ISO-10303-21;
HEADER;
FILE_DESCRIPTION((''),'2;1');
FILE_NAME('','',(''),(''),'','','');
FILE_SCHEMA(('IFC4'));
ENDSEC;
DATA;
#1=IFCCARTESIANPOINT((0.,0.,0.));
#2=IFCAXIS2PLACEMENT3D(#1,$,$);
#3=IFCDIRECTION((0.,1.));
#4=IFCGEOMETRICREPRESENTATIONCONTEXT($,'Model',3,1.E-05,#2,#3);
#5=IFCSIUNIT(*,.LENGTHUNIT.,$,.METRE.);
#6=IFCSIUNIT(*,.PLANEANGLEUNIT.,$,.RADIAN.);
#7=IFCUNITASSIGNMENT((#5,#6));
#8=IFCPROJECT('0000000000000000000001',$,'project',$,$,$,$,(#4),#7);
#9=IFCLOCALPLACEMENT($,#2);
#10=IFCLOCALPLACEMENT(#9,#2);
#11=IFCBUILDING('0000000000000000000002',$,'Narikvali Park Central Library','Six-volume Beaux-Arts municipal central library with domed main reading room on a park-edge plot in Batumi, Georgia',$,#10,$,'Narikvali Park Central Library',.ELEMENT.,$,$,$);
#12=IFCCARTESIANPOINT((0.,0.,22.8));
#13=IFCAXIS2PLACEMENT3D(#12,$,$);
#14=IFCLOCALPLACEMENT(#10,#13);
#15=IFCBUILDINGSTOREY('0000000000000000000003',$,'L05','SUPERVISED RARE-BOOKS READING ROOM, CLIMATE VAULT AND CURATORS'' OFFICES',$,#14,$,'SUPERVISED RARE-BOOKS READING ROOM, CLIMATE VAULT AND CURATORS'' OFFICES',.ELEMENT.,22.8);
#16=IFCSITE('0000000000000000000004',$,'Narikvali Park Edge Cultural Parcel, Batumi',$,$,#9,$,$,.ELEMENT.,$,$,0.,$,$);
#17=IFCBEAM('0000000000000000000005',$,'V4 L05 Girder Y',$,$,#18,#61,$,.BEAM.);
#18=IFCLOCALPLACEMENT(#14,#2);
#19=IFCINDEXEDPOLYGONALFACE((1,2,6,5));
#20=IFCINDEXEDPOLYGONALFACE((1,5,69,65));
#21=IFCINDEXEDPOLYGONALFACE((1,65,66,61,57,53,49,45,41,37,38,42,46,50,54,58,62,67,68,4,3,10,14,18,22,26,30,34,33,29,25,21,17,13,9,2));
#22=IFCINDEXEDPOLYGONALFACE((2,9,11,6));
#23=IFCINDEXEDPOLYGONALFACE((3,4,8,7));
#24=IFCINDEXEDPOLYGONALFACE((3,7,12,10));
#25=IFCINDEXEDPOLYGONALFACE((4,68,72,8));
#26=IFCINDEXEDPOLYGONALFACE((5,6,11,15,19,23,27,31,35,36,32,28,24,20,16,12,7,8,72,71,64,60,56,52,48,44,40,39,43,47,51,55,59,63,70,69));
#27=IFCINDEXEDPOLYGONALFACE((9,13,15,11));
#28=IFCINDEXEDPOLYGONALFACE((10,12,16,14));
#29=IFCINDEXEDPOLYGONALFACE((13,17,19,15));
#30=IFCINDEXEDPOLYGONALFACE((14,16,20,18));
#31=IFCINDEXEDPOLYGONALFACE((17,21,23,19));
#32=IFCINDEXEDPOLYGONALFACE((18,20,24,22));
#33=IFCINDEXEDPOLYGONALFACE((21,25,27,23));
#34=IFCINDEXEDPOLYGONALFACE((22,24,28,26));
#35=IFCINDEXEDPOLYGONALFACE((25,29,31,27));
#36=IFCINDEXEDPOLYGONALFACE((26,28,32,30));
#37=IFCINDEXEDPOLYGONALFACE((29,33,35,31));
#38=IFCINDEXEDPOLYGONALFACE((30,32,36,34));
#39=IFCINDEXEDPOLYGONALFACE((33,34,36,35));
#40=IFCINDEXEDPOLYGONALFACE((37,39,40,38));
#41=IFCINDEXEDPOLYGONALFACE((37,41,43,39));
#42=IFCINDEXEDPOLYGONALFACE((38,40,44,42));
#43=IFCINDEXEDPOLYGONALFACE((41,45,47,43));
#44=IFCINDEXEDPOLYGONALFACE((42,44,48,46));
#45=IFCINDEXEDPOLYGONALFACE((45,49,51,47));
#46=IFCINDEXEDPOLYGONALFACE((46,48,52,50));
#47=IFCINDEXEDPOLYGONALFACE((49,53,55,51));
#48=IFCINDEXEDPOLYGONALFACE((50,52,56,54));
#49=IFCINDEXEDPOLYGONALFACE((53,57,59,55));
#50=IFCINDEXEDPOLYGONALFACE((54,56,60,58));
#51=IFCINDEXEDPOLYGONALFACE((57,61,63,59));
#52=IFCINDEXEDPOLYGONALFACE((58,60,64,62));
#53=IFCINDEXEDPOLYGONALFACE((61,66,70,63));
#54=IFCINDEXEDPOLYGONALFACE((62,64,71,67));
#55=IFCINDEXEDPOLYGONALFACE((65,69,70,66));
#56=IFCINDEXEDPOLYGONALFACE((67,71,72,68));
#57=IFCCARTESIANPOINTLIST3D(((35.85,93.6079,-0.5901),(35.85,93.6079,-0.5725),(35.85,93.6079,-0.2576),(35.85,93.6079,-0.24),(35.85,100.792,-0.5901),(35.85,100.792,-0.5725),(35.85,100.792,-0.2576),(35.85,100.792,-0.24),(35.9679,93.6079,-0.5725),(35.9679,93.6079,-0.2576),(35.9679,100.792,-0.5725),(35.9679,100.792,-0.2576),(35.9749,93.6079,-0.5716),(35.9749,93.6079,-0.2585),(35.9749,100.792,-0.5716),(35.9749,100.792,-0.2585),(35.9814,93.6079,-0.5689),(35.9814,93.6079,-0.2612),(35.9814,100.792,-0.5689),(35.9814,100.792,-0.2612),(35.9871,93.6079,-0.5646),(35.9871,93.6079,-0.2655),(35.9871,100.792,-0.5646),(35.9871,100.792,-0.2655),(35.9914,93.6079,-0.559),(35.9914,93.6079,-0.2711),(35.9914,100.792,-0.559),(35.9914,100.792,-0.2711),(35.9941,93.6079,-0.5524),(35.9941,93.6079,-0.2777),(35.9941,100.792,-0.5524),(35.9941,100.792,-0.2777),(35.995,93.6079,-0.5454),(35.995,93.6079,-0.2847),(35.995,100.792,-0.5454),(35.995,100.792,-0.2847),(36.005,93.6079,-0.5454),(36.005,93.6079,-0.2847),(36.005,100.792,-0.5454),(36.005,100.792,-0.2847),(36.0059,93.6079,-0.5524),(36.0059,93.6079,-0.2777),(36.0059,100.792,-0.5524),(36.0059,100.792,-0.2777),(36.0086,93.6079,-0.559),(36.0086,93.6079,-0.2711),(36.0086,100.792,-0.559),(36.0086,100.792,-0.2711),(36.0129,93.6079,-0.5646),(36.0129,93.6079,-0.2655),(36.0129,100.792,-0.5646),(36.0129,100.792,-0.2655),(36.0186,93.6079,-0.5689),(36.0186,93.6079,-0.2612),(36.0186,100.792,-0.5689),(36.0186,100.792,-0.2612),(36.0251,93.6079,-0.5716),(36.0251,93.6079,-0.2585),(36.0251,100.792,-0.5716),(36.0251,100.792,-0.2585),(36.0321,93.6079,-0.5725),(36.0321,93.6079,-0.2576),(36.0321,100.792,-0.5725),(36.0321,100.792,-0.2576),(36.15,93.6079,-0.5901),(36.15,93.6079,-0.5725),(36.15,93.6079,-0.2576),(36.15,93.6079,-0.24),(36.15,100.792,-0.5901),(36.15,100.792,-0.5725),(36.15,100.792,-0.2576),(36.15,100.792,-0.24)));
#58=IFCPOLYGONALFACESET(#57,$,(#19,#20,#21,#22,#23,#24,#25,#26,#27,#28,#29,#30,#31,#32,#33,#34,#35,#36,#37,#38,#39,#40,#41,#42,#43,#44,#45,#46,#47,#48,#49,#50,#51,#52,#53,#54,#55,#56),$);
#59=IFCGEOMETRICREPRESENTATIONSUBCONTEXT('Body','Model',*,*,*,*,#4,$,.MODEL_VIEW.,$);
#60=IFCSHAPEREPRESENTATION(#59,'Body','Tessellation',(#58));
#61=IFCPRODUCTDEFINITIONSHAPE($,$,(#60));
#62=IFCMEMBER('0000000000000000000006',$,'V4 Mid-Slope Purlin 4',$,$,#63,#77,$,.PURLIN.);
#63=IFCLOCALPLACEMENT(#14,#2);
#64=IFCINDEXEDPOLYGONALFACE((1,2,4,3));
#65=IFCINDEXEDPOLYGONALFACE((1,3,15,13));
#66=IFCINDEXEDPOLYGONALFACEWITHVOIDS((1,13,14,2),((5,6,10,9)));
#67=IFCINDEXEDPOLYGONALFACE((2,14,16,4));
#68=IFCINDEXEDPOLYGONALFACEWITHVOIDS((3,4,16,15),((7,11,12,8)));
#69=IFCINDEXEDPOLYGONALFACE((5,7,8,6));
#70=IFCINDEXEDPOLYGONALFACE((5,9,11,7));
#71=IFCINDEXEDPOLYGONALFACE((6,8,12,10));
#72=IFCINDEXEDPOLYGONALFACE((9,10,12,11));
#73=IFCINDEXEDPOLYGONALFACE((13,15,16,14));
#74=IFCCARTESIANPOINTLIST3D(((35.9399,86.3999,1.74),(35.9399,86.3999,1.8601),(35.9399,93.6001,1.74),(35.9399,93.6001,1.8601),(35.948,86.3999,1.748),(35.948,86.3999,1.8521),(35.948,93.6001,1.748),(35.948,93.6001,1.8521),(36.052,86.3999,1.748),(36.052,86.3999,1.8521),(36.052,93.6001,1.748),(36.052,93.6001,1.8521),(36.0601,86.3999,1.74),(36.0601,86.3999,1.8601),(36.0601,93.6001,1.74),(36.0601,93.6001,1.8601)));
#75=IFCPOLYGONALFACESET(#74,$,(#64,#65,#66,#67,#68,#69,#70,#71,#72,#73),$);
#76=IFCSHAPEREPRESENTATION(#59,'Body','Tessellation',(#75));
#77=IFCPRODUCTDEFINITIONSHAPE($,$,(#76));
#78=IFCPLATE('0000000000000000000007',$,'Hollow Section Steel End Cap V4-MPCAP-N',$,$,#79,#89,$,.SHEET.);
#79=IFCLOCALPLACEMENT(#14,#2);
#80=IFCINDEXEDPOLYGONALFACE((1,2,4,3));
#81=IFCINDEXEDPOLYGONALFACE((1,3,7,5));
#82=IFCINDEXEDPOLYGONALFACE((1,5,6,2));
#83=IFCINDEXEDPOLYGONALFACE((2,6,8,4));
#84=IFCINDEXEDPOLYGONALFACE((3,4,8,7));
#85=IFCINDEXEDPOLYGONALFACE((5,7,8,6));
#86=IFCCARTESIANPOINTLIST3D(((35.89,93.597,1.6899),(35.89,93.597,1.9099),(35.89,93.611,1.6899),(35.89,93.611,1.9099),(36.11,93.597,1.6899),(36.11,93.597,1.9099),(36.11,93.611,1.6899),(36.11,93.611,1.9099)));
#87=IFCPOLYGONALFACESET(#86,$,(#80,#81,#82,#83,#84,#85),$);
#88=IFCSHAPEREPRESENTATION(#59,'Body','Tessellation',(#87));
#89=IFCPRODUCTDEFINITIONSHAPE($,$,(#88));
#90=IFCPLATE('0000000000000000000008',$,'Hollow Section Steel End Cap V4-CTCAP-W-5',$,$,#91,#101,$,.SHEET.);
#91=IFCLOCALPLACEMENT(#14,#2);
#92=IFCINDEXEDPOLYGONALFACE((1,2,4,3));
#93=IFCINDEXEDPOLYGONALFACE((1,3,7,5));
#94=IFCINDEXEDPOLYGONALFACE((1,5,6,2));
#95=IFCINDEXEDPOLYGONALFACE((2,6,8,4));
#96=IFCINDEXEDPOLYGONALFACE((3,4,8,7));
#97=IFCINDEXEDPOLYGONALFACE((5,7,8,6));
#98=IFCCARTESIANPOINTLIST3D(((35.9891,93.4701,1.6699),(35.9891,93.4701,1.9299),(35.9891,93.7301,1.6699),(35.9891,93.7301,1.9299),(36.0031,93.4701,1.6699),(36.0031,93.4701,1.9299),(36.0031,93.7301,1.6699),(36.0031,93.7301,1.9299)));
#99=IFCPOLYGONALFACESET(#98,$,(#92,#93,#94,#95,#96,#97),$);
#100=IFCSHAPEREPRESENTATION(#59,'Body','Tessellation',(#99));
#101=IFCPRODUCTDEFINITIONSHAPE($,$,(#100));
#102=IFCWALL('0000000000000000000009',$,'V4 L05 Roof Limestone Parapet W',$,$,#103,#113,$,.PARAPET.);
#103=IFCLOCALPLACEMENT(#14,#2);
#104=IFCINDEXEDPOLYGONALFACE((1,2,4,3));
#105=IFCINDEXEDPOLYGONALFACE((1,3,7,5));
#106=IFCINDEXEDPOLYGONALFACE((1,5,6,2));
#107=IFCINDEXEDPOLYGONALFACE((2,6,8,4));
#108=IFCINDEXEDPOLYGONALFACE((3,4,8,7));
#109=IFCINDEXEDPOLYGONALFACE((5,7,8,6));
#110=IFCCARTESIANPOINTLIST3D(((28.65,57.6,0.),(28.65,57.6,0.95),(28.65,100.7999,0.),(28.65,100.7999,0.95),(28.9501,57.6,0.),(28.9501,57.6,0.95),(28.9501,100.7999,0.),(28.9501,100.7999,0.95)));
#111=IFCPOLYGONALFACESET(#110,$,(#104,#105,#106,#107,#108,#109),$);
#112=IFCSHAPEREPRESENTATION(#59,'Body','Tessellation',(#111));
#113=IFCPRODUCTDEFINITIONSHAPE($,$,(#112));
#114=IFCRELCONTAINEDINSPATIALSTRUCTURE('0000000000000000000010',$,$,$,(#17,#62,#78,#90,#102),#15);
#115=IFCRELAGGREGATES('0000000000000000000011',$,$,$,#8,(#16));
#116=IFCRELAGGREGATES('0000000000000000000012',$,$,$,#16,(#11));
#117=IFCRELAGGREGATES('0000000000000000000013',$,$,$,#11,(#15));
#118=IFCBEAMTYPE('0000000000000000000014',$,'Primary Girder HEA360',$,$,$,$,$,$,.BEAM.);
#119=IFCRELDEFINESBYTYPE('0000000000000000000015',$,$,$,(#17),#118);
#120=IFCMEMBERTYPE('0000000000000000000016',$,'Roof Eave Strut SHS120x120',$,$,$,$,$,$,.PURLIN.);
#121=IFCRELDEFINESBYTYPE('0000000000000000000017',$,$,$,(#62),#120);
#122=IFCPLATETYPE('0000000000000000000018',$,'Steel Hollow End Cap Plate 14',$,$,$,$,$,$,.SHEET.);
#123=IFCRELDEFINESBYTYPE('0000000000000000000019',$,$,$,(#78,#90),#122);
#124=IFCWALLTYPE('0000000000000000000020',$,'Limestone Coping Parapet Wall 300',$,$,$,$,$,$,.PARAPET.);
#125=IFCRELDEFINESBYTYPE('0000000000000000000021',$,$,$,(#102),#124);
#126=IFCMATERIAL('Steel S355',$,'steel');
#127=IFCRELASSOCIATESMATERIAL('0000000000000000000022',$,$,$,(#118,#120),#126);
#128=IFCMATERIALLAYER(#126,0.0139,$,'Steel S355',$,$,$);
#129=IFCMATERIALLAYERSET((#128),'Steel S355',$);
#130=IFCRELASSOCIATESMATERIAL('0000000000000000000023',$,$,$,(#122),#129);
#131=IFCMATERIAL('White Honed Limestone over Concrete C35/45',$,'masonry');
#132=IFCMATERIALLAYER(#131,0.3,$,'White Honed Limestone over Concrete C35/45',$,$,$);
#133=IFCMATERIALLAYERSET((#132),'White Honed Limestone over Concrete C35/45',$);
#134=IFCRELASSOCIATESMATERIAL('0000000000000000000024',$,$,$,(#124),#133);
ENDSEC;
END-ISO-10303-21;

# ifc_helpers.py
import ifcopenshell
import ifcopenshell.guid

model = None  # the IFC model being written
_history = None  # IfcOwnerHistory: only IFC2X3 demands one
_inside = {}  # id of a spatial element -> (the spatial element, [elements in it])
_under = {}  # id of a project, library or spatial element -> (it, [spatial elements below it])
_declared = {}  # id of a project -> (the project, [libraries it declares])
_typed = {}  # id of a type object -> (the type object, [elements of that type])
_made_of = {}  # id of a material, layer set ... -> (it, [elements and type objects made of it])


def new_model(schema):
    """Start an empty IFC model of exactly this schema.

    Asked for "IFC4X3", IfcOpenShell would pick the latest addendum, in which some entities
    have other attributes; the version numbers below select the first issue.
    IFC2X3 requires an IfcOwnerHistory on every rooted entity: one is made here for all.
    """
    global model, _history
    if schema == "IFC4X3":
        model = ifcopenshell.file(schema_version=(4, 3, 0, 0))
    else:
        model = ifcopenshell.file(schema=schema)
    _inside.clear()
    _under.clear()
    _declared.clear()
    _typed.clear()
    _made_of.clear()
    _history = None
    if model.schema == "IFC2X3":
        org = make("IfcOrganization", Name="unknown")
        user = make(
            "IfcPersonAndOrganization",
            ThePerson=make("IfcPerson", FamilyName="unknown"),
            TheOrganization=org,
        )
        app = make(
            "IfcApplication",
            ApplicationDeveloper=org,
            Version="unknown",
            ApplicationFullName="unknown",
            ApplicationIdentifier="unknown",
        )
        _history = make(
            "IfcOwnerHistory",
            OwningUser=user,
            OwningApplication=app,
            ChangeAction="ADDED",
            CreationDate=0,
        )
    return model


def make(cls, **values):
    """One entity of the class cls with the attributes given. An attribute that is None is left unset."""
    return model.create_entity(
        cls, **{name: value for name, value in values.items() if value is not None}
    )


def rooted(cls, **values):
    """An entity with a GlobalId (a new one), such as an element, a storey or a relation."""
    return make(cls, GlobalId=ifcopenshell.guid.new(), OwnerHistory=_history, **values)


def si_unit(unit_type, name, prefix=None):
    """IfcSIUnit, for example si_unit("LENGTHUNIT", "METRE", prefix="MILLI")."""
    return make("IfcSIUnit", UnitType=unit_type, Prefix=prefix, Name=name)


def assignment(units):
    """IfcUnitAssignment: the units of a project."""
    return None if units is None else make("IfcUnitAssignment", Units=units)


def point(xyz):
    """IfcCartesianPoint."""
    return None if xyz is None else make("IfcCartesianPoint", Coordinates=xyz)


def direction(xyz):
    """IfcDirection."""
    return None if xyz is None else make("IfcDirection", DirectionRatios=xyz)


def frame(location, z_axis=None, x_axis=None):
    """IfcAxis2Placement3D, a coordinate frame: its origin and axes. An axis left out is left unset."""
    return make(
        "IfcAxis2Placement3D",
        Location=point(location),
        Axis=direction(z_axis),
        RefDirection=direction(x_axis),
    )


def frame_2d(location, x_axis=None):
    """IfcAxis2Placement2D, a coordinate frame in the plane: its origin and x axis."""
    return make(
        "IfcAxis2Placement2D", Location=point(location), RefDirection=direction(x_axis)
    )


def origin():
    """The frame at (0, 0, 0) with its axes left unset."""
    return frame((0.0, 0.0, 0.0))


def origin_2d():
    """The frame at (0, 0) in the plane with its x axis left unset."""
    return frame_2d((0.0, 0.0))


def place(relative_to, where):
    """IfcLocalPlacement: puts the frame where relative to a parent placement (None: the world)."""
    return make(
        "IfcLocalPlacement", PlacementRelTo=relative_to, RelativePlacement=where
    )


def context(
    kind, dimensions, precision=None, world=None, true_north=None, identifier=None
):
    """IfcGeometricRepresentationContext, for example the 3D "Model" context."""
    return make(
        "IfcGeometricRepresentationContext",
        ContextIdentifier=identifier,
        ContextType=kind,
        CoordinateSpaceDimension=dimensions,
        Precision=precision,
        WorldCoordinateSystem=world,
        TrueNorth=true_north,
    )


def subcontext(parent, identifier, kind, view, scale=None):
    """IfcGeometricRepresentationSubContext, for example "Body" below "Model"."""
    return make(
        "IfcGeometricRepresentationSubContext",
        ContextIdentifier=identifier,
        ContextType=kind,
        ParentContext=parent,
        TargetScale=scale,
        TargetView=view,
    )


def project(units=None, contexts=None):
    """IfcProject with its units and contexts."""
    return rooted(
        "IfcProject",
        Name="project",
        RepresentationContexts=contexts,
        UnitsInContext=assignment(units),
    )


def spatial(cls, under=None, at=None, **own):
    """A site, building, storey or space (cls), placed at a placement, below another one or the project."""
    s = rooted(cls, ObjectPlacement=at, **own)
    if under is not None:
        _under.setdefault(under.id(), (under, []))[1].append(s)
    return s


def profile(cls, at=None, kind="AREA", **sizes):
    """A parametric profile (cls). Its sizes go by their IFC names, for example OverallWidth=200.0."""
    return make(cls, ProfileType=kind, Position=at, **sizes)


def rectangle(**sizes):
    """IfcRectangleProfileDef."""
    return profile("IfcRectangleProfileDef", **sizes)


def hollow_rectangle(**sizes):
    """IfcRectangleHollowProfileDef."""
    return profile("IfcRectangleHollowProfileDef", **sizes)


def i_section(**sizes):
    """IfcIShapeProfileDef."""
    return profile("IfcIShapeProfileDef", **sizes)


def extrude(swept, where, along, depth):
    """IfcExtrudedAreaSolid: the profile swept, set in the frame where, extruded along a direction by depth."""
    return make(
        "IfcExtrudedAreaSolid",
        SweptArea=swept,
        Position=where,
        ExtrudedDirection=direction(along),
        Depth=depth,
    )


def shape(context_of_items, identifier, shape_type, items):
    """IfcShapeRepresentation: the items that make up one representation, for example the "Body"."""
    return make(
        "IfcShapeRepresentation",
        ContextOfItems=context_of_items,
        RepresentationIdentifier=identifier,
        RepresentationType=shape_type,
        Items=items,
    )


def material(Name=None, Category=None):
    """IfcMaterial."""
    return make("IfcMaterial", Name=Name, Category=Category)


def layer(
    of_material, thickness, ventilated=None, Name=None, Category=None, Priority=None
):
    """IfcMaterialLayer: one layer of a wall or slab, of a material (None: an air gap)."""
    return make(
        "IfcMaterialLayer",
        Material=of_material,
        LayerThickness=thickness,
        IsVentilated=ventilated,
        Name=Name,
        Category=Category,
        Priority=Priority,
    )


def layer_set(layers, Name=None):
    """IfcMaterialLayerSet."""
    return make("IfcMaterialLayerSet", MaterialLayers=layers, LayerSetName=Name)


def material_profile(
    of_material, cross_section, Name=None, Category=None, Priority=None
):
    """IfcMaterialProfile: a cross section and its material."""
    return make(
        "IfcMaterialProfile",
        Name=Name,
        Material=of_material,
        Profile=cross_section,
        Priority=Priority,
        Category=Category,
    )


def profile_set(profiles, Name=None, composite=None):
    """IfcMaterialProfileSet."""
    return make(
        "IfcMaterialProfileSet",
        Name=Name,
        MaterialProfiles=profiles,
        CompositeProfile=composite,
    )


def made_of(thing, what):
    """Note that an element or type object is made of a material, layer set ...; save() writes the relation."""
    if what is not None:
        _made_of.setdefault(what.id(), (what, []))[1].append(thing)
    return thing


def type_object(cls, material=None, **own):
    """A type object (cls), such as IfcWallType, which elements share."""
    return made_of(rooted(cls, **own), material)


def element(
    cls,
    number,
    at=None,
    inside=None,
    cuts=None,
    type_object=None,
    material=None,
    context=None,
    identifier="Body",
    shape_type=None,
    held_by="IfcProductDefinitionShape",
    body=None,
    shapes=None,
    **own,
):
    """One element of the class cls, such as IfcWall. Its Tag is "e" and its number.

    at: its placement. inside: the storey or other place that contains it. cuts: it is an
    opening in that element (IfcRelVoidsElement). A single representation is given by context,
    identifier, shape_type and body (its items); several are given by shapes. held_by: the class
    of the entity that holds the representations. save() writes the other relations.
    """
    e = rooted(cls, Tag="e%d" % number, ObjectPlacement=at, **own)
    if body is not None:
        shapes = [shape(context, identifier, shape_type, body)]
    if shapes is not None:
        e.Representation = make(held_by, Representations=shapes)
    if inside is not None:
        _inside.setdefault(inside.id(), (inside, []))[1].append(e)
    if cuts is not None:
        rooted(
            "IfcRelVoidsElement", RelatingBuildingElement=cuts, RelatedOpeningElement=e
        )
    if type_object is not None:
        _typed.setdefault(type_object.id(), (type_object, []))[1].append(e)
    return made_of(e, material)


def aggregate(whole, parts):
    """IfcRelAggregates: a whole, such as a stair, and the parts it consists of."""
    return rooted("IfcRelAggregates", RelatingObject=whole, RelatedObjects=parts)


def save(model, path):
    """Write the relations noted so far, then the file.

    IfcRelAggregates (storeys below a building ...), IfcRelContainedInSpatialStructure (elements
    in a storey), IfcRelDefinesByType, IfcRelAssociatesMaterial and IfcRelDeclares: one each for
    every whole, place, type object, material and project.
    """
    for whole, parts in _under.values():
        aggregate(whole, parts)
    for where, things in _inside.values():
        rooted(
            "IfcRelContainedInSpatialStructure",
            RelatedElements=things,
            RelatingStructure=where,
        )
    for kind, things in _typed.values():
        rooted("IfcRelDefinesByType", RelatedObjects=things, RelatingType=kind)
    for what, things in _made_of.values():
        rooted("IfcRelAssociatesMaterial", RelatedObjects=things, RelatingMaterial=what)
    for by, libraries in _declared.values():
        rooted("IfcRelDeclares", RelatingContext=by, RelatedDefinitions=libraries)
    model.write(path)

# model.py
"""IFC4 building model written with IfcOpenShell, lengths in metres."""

from ifc_helpers import new_model, si_unit, direction, frame, frame_2d, origin, origin_2d, place, context, subcontext, project, spatial, rectangle, hollow_rectangle, i_section, extrude, material, layer, layer_set, material_profile, profile_set, type_object, element, save


model = new_model("IFC4")

# Units and contexts
model_context = context("Model", 3, precision=1e-05, world=origin(), true_north=direction((0.0, 1.0)))
body_context = subcontext(model_context, "Body", "Model", "MODEL_VIEW")
ifc_project = project(units=[si_unit("LENGTHUNIT", "METRE"), si_unit("PLANEANGLEUNIT", "RADIAN")], contexts=[model_context])

# Site, building, storey
site_placement = place(None, origin())
site = spatial("IfcSite", under=ifc_project, at=site_placement, Name="Narikvali Park Edge Cultural Parcel, Batumi", CompositionType="ELEMENT", RefElevation=0.0)
building_placement = place(site_placement, origin())
building = spatial("IfcBuilding", under=site, at=building_placement, Name="Narikvali Park Central Library", Description="Six-volume Beaux-Arts municipal central library with domed main reading room on a park-edge plot in Batumi, Georgia", LongName="Narikvali Park Central Library", CompositionType="ELEMENT")
storey_placement = place(building_placement, frame((0.0, 0.0, 22.8)))
storey = spatial("IfcBuildingStorey", under=building, at=storey_placement, Name="L05", Description="SUPERVISED RARE-BOOKS READING ROOM, CLIMATE VAULT AND CURATORS' OFFICES", LongName="SUPERVISED RARE-BOOKS READING ROOM, CLIMATE VAULT AND CURATORS' OFFICES", CompositionType="ELEMENT", Elevation=22.8)

# Shared definitions
ifc_material_1 = material(Name="Steel S355", Category="steel")

# Beam
ifc_material_profile_1 = material_profile(ifc_material_1, i_section(OverallWidth=0.3, OverallDepth=0.3501, WebThickness=0.01, FlangeThickness=0.0176, FilletRadius=0.0271, at=origin_2d()), Name="HEA 360")
ifc_profile_set_1 = profile_set([ifc_material_profile_1], Name="Steel S355")
beam_type_1 = type_object("IfcBeamType", Name="Primary Girder HEA360", PredefinedType="BEAM", material=ifc_profile_set_1)
for number, where, z_axis, x_axis, name in (
    (1, (36.0, 93.6079, -0.415), (0.0, 1.0, 0.0), (-1.0, 0.0, 0.0), "V4 L05 Girder Y"),
):
    element("IfcBeam", number, at=place(storey_placement, frame(where, z_axis=z_axis, x_axis=x_axis)), inside=storey, type_object=beam_type_1, Name=name, PredefinedType="BEAM", context=body_context, shape_type="SweptSolid", body=[
        extrude(i_section(OverallWidth=0.3, OverallDepth=0.3501, WebThickness=0.01, FlangeThickness=0.0176, FilletRadius=0.0271, at=origin_2d()), origin(), (0.0, 0.0, 1.0), 7.1841),
    ])

# Member
ifc_material_profile_2 = material_profile(ifc_material_1, hollow_rectangle(XDim=0.1201, YDim=0.1201, WallThickness=0.0081, at=origin_2d()), Name="SHS 120x120x8")
ifc_profile_set_2 = profile_set([ifc_material_profile_2], Name="Steel S355")
member_type_1 = type_object("IfcMemberType", Name="Roof Eave Strut SHS120x120", PredefinedType="PURLIN", material=ifc_profile_set_2)
member_1_placement = place(storey_placement, frame((36.0, 86.3999, 1.8), z_axis=(0.0, 1.0, 0.0), x_axis=(-1.0, 0.0, 0.0)))
element("IfcMember", 2, at=member_1_placement, inside=storey, type_object=member_type_1, Name="V4 Mid-Slope Purlin 4", PredefinedType="PURLIN", context=body_context, shape_type="SweptSolid", body=[
    extrude(hollow_rectangle(XDim=0.1201, YDim=0.1201, WallThickness=0.0081, at=origin_2d()), origin(), (0.0, 0.0, 1.0), 7.2002),
])

# Plates
ifc_layer_1 = layer(ifc_material_1, 0.0139, Name="Steel S355")
ifc_layer_set_1 = layer_set([ifc_layer_1], Name="Steel S355")
plate_type = type_object("IfcPlateType", Name="Steel Hollow End Cap Plate 14", PredefinedType="SHEET", material=ifc_layer_set_1)
plate_1_placement = place(storey_placement, frame((36.0, 93.604, 1.6899), z_axis=(0.0, 0.0, 1.0), x_axis=(1.0, 0.0, 0.0)))
element("IfcPlate", 3, at=plate_1_placement, inside=storey, type_object=plate_type, Name="Hollow Section Steel End Cap V4-MPCAP-N", PredefinedType="SHEET", context=body_context, shape_type="SweptSolid", body=[
    extrude(rectangle(XDim=0.22, YDim=0.0139, at=origin_2d()), origin(), (0.0, 0.0, 1.0), 0.22),
])
plate_2_placement = place(storey_placement, frame((35.9961, 93.6001, 1.6699), z_axis=(0.0, 0.0, 1.0), x_axis=(-1.0, 0.0, 0.0)))
element("IfcPlate", 4, at=plate_2_placement, inside=storey, type_object=plate_type, Name="Hollow Section Steel End Cap V4-CTCAP-W-5", PredefinedType="SHEET", context=body_context, shape_type="SweptSolid", body=[
    extrude(rectangle(XDim=0.0139, YDim=0.26, at=origin_2d()), origin(), (0.0, 0.0, 1.0), 0.26),
])

# Wall
ifc_material_2 = material(Name="White Honed Limestone over Concrete C35/45", Category="masonry")
ifc_layer_2 = layer(ifc_material_2, 0.3, Name="White Honed Limestone over Concrete C35/45")
ifc_layer_set_2 = layer_set([ifc_layer_2], Name="White Honed Limestone over Concrete C35/45")
wall_type = type_object("IfcWallType", Name="Limestone Coping Parapet Wall 300", PredefinedType="PARAPET", material=ifc_layer_set_2)
wall_placement = place(storey_placement, frame((28.8, 100.8, 0.0), z_axis=(0.0, 0.0, 1.0), x_axis=(0.0, -1.0, 0.0)))
element("IfcWall", 5, at=wall_placement, inside=storey, type_object=wall_type, Name="V4 L05 Roof Limestone Parapet W", PredefinedType="PARAPET", context=body_context, shape_type="SweptSolid", body=[
    extrude(rectangle(XDim=43.2, YDim=0.3, at=frame_2d((21.6001, 0.0))), origin(), (0.0, 0.0, 1.0), 0.95),
])

save(model, "model.ifc")
